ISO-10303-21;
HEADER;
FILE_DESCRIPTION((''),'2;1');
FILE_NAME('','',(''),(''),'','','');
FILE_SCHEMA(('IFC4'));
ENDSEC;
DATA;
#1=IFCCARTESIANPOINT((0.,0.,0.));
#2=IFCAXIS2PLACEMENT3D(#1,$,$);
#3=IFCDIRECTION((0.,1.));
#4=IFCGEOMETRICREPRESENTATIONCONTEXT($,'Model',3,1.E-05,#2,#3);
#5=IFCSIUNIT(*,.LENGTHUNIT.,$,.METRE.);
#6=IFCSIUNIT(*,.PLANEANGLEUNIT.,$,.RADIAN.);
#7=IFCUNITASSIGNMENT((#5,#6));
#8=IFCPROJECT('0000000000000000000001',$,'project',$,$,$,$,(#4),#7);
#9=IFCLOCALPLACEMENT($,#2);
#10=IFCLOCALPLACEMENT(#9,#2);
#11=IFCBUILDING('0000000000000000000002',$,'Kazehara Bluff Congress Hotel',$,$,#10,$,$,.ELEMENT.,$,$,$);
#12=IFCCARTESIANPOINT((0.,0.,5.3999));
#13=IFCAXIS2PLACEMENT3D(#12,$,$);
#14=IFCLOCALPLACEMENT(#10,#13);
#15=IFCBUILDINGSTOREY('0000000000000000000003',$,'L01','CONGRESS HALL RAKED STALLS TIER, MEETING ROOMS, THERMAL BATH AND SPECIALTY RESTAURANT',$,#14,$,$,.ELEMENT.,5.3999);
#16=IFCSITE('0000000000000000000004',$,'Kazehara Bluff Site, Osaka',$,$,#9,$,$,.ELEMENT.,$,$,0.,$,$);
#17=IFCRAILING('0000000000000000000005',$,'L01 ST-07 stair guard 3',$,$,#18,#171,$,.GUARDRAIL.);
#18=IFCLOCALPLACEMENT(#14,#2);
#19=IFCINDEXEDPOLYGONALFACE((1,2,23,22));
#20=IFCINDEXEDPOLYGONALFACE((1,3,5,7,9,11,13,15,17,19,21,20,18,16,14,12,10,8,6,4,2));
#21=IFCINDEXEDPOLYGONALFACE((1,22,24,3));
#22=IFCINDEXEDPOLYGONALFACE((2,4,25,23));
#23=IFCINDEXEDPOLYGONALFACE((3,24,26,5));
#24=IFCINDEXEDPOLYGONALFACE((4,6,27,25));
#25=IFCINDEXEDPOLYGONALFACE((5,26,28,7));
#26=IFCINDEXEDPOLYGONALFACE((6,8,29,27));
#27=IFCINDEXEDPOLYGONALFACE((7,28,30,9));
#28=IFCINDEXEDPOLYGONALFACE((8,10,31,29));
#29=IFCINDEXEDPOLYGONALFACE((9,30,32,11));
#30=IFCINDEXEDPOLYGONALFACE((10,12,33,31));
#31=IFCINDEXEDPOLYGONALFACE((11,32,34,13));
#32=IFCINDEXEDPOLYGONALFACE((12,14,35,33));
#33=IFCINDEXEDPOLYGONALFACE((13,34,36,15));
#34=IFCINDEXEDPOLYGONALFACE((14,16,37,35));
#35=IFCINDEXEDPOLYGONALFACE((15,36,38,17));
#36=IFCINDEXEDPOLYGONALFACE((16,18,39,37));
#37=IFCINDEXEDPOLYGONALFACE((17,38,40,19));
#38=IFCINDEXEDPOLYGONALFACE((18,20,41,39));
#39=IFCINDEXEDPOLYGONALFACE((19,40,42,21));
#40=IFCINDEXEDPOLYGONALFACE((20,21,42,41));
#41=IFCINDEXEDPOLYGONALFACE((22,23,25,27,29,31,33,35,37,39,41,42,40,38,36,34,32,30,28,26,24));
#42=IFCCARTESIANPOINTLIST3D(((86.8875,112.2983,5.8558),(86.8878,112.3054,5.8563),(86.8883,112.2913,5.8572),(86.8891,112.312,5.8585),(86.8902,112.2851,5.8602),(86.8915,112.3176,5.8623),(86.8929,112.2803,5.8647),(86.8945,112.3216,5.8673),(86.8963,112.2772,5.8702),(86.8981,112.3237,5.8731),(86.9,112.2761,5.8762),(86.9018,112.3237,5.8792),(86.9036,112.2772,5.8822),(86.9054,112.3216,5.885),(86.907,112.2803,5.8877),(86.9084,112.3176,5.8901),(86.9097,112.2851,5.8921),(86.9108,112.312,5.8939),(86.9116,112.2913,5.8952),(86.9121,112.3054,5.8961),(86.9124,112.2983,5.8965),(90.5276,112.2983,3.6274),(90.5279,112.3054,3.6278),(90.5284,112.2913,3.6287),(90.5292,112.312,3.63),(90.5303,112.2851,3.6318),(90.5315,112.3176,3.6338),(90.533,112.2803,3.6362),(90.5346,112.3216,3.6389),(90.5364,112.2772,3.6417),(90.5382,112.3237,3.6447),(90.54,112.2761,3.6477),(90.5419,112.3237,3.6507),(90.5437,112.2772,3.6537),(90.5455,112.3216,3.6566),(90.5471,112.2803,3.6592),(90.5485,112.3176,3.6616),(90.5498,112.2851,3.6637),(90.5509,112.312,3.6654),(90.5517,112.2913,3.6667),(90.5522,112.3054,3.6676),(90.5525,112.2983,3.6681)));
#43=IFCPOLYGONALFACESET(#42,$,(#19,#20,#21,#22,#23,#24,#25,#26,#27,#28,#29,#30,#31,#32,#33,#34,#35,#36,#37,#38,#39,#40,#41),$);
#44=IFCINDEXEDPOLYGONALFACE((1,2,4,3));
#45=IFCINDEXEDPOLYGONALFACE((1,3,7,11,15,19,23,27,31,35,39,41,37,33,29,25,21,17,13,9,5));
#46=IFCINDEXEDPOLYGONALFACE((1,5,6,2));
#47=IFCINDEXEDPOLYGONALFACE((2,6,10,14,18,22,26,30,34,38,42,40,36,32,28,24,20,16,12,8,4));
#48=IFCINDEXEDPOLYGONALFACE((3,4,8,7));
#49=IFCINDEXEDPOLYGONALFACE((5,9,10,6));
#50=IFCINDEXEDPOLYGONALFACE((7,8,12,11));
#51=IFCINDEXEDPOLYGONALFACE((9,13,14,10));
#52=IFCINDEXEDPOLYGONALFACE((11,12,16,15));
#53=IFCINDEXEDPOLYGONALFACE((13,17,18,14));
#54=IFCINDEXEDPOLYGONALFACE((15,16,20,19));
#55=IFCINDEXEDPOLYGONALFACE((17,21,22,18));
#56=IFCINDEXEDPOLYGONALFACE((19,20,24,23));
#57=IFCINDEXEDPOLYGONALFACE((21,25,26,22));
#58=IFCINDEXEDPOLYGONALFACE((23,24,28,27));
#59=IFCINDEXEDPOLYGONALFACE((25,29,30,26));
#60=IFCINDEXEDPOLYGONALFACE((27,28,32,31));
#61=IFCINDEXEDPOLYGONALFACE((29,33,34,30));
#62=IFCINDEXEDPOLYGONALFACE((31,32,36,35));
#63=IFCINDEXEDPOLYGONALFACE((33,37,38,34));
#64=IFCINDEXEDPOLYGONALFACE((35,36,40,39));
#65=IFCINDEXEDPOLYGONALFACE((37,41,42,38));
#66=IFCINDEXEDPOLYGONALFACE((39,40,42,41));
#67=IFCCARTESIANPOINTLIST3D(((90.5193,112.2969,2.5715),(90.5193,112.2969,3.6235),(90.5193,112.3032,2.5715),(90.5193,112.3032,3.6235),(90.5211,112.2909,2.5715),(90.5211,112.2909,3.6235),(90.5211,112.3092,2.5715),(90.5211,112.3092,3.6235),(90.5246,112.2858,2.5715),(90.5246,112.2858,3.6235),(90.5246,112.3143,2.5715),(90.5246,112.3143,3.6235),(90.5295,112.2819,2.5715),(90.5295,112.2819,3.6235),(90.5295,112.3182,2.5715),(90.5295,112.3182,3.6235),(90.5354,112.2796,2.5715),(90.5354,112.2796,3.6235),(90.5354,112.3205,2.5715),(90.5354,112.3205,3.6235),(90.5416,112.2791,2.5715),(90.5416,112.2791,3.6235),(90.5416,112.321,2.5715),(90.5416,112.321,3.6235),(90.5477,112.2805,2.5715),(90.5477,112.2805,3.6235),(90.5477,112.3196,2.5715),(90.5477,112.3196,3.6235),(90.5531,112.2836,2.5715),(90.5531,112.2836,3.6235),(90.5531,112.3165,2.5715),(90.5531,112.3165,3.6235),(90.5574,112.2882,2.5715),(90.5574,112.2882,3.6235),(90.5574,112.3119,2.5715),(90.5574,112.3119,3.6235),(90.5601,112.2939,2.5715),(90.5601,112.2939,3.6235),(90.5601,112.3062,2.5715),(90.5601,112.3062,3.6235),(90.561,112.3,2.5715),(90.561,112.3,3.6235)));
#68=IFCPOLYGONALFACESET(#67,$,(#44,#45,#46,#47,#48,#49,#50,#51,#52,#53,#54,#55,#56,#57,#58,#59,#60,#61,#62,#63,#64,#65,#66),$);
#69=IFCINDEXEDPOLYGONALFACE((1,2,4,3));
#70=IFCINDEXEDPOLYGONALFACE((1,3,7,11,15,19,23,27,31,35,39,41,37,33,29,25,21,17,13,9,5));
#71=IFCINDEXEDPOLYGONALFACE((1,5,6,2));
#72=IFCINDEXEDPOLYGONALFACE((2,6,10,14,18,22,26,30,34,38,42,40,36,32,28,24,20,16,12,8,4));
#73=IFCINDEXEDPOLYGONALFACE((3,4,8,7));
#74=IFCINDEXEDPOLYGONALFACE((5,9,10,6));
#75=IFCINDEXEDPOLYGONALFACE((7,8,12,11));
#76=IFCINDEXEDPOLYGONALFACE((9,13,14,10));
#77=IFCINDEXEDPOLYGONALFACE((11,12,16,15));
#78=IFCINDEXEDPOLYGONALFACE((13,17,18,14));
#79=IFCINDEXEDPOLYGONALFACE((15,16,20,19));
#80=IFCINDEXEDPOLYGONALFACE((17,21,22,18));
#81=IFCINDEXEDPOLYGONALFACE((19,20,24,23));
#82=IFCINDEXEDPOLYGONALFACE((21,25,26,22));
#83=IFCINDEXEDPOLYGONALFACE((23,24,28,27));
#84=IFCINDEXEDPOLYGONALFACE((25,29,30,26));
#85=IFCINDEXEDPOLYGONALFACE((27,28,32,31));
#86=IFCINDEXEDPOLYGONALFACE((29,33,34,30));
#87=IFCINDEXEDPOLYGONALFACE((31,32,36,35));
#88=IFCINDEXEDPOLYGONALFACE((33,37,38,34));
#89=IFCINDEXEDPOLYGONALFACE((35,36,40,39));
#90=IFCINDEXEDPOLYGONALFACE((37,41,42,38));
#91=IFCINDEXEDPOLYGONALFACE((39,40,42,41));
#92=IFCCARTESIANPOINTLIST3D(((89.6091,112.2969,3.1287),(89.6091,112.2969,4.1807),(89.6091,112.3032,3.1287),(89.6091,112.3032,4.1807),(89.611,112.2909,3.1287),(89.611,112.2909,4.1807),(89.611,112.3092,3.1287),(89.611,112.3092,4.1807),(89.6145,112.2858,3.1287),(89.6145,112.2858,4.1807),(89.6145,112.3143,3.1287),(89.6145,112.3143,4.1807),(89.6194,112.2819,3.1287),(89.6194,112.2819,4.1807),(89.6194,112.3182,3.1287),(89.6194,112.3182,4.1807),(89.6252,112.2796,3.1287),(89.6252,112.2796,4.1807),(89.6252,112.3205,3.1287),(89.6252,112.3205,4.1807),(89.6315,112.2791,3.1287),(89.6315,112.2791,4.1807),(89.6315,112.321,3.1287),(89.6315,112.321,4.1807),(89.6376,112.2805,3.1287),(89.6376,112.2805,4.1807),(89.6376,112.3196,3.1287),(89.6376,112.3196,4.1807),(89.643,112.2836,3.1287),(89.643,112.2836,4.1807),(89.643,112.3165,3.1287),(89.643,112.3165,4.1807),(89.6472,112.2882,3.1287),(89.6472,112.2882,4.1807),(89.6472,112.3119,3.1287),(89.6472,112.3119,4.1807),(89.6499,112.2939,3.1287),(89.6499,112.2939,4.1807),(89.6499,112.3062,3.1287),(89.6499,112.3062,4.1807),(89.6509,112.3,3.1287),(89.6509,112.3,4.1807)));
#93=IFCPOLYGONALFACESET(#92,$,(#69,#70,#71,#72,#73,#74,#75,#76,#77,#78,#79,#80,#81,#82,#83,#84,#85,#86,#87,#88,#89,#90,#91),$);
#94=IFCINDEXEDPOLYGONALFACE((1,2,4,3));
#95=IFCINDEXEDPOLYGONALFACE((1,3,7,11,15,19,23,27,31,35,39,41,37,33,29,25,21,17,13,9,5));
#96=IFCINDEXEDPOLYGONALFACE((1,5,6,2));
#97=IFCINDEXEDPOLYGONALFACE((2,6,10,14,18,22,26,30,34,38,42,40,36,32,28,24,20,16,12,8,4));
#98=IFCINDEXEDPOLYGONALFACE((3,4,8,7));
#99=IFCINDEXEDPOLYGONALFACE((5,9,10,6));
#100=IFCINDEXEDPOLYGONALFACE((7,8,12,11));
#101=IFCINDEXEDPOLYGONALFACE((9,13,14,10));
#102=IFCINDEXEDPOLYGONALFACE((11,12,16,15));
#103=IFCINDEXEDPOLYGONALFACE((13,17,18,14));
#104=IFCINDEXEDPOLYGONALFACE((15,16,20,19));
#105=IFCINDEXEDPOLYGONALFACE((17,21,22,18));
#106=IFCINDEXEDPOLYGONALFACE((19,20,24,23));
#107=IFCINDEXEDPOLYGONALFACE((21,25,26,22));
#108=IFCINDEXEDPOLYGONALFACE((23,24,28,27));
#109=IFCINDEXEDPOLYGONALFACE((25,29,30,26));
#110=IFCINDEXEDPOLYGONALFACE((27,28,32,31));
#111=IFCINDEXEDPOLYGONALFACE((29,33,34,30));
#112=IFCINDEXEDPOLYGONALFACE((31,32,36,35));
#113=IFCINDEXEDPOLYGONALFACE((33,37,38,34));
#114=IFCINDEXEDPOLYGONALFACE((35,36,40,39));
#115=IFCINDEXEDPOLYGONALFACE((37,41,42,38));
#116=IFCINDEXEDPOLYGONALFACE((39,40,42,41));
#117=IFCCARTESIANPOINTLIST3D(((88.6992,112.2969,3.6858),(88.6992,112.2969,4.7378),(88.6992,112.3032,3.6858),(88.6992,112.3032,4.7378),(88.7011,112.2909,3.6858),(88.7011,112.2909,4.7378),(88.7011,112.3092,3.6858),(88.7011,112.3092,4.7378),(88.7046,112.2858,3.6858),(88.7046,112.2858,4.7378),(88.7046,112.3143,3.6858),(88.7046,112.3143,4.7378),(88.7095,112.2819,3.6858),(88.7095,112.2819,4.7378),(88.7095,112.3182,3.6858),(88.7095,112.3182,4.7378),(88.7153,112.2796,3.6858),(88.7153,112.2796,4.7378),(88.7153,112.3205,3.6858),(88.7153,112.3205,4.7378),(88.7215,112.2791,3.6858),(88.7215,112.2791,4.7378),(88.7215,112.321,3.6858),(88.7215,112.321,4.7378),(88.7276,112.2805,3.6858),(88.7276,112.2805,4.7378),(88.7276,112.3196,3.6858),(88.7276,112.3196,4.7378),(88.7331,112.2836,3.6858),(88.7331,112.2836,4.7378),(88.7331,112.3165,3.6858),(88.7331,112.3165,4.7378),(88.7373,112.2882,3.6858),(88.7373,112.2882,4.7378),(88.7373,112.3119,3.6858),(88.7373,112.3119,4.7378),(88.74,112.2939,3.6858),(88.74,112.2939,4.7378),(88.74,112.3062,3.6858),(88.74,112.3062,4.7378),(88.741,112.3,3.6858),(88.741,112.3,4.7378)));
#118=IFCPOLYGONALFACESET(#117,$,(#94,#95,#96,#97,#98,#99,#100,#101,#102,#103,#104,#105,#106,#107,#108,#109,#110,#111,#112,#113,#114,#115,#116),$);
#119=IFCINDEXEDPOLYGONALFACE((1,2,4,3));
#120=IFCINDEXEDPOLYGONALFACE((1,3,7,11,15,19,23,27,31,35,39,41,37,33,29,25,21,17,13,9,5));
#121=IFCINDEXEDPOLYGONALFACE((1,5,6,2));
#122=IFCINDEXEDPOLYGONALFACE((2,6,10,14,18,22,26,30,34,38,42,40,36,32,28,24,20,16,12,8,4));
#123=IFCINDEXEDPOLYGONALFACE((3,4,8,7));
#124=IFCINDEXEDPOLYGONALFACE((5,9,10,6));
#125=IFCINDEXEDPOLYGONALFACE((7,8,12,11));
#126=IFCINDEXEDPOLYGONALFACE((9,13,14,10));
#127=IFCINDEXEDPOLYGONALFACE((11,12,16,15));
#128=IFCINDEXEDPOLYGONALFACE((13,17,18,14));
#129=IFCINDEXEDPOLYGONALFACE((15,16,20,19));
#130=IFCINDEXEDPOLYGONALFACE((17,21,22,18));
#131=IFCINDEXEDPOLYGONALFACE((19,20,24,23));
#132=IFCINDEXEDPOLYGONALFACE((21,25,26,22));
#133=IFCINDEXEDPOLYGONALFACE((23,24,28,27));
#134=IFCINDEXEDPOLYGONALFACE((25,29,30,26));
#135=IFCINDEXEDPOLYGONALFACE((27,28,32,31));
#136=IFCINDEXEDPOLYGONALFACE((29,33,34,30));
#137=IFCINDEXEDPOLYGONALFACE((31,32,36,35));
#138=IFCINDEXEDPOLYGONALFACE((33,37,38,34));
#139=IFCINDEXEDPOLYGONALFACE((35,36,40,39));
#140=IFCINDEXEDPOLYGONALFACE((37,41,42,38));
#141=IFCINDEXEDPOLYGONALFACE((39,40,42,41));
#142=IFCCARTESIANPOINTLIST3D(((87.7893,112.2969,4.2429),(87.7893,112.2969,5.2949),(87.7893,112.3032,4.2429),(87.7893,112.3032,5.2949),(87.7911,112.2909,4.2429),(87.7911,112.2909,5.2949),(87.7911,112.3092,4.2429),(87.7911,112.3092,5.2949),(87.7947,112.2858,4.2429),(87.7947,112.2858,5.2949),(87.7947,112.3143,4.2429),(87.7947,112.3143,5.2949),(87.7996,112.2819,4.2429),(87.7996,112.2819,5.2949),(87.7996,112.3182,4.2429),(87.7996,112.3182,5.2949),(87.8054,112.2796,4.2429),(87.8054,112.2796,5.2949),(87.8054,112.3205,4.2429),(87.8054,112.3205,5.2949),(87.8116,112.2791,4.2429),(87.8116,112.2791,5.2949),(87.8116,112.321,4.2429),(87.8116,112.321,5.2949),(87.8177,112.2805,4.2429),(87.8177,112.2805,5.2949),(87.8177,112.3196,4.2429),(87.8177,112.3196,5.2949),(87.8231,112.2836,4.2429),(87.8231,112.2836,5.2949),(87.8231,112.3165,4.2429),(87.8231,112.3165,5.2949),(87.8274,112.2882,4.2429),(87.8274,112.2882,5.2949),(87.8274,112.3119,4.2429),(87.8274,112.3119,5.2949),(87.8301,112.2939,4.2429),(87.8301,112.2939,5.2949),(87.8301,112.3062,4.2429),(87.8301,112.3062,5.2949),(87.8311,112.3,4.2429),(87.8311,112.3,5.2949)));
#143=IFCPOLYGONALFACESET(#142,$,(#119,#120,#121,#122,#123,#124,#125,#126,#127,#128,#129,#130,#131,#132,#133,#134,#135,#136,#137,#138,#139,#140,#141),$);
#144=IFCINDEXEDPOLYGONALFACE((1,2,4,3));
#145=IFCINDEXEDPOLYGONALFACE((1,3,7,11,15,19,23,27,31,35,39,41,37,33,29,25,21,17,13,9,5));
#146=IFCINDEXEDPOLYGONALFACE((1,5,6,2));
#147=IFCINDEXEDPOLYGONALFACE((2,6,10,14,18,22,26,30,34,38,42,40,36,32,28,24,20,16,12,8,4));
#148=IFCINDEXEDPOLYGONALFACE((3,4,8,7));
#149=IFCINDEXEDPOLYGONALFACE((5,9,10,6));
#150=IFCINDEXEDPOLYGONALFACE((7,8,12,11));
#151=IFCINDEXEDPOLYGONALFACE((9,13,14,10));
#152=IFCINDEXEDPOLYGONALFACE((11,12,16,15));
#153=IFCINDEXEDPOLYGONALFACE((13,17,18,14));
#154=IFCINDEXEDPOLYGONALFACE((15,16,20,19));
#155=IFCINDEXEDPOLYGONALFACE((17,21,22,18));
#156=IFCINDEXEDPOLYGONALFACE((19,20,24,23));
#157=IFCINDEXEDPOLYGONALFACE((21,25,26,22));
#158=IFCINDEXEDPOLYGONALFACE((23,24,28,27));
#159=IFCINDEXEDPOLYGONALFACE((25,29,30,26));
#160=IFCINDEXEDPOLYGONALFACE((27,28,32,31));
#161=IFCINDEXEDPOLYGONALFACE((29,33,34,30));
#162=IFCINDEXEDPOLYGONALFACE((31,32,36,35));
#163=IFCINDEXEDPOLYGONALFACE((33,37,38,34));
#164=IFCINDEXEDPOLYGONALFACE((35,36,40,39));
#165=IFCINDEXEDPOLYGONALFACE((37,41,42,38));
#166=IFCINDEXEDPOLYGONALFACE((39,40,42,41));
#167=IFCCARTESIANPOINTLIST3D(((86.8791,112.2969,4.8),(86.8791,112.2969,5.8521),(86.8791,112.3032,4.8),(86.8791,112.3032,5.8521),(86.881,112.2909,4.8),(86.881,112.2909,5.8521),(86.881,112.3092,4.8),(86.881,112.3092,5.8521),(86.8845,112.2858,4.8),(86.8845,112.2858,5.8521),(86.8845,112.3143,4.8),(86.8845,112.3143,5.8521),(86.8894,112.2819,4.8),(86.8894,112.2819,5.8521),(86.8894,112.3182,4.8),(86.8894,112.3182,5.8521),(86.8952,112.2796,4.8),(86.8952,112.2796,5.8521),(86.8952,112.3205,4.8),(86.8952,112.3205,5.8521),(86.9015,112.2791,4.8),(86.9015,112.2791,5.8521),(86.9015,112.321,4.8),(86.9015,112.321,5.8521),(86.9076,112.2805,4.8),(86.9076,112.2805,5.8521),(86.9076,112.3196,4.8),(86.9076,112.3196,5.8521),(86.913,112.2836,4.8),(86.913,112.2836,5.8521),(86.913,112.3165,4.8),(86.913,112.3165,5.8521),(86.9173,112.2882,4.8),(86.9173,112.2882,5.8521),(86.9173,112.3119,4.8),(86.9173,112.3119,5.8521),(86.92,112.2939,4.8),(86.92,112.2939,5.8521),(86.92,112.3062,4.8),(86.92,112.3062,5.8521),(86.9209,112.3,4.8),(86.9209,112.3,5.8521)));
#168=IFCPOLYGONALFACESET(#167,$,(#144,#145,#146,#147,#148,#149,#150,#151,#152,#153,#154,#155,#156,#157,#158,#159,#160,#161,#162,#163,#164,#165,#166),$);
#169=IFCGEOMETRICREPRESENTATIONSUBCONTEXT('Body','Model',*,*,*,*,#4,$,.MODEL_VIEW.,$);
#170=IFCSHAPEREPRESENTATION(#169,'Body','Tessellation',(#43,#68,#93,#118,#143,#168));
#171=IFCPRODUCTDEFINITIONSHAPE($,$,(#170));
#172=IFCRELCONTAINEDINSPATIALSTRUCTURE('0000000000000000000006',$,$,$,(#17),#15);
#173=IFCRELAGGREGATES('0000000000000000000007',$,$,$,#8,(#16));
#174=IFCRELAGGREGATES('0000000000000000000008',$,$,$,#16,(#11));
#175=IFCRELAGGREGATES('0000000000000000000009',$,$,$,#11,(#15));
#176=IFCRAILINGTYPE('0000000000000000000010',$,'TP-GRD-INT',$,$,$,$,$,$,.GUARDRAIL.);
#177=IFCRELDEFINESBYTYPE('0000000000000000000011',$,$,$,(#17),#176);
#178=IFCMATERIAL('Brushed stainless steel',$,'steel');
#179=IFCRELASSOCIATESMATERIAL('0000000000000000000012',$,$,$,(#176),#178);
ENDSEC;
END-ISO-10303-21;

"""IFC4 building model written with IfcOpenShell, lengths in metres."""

from ifc_helpers import new_model, si_unit, direction, frame, origin, origin_2d, place, context, subcontext, project, spatial, circle, extrude, material, type_object, element, save


model = new_model("IFC4")

# Units and contexts
model_context = context("Model", 3, precision=1e-05, world=origin(), true_north=direction((0.0, 1.0)))
body_context = subcontext(model_context, "Body", "Model", "MODEL_VIEW")
ifc_project = project(units=[si_unit("LENGTHUNIT", "METRE"), si_unit("PLANEANGLEUNIT", "RADIAN")], contexts=[model_context])

# Site, building, storey
site_placement = place(None, origin())
site = spatial("IfcSite", under=ifc_project, at=site_placement, Name="Kazehara Bluff Site, Osaka", CompositionType="ELEMENT", RefElevation=0.0)
building_placement = place(site_placement, origin())
building = spatial("IfcBuilding", under=site, at=building_placement, Name="Kazehara Bluff Congress Hotel", CompositionType="ELEMENT")
storey_placement = place(building_placement, frame((0.0, 0.0, 5.3999)))
storey = spatial("IfcBuildingStorey", under=building, at=storey_placement, Name="L01", Description="CONGRESS HALL RAKED STALLS TIER, MEETING ROOMS, THERMAL BATH AND SPECIALTY RESTAURANT", CompositionType="ELEMENT", Elevation=5.3999)

# Railing
ifc_material_1 = material(Name="Brushed stainless steel", Category="steel")
railing_type_1 = type_object("IfcRailingType", Name="TP-GRD-INT", PredefinedType="GUARDRAIL", material=ifc_material_1)
railing_1_placement = place(storey_placement, frame((90.54, 112.3, 2.5715)))
element("IfcRailing", 1, at=railing_1_placement, inside=storey, type_object=railing_type_1, Name="L01 ST-07 stair guard 3", PredefinedType="GUARDRAIL", context=body_context, shape_type="SweptSolid", body=[
    extrude(circle(Radius=0.0239, at=origin_2d()), frame((0.0, 0.0, 1.0762), z_axis=(-0.852866, 0.0, 0.52213), x_axis=(0.0, -1.0, 0.0)), (0.0, 0.0, 1.0), 4.2681),
    extrude(circle(Radius=0.021, at=origin_2d()), origin(), (0.0, 0.0, 1.0), 1.052),
    extrude(circle(Radius=0.021, at=origin_2d()), frame((-0.9102, 0.0, 0.5571)), (0.0, 0.0, 1.0), 1.052),
    extrude(circle(Radius=0.021, at=origin_2d()), frame((-1.8201, 0.0, 1.1143)), (0.0, 0.0, 1.0), 1.052),
    extrude(circle(Radius=0.021, at=origin_2d()), frame((-2.73, 0.0, 1.6714)), (0.0, 0.0, 1.0), 1.052),
    extrude(circle(Radius=0.021, at=origin_2d()), frame((-3.6401, 0.0, 2.2285)), (0.0, 0.0, 1.0), 1.052),
])

save(model, "model.ifc")
